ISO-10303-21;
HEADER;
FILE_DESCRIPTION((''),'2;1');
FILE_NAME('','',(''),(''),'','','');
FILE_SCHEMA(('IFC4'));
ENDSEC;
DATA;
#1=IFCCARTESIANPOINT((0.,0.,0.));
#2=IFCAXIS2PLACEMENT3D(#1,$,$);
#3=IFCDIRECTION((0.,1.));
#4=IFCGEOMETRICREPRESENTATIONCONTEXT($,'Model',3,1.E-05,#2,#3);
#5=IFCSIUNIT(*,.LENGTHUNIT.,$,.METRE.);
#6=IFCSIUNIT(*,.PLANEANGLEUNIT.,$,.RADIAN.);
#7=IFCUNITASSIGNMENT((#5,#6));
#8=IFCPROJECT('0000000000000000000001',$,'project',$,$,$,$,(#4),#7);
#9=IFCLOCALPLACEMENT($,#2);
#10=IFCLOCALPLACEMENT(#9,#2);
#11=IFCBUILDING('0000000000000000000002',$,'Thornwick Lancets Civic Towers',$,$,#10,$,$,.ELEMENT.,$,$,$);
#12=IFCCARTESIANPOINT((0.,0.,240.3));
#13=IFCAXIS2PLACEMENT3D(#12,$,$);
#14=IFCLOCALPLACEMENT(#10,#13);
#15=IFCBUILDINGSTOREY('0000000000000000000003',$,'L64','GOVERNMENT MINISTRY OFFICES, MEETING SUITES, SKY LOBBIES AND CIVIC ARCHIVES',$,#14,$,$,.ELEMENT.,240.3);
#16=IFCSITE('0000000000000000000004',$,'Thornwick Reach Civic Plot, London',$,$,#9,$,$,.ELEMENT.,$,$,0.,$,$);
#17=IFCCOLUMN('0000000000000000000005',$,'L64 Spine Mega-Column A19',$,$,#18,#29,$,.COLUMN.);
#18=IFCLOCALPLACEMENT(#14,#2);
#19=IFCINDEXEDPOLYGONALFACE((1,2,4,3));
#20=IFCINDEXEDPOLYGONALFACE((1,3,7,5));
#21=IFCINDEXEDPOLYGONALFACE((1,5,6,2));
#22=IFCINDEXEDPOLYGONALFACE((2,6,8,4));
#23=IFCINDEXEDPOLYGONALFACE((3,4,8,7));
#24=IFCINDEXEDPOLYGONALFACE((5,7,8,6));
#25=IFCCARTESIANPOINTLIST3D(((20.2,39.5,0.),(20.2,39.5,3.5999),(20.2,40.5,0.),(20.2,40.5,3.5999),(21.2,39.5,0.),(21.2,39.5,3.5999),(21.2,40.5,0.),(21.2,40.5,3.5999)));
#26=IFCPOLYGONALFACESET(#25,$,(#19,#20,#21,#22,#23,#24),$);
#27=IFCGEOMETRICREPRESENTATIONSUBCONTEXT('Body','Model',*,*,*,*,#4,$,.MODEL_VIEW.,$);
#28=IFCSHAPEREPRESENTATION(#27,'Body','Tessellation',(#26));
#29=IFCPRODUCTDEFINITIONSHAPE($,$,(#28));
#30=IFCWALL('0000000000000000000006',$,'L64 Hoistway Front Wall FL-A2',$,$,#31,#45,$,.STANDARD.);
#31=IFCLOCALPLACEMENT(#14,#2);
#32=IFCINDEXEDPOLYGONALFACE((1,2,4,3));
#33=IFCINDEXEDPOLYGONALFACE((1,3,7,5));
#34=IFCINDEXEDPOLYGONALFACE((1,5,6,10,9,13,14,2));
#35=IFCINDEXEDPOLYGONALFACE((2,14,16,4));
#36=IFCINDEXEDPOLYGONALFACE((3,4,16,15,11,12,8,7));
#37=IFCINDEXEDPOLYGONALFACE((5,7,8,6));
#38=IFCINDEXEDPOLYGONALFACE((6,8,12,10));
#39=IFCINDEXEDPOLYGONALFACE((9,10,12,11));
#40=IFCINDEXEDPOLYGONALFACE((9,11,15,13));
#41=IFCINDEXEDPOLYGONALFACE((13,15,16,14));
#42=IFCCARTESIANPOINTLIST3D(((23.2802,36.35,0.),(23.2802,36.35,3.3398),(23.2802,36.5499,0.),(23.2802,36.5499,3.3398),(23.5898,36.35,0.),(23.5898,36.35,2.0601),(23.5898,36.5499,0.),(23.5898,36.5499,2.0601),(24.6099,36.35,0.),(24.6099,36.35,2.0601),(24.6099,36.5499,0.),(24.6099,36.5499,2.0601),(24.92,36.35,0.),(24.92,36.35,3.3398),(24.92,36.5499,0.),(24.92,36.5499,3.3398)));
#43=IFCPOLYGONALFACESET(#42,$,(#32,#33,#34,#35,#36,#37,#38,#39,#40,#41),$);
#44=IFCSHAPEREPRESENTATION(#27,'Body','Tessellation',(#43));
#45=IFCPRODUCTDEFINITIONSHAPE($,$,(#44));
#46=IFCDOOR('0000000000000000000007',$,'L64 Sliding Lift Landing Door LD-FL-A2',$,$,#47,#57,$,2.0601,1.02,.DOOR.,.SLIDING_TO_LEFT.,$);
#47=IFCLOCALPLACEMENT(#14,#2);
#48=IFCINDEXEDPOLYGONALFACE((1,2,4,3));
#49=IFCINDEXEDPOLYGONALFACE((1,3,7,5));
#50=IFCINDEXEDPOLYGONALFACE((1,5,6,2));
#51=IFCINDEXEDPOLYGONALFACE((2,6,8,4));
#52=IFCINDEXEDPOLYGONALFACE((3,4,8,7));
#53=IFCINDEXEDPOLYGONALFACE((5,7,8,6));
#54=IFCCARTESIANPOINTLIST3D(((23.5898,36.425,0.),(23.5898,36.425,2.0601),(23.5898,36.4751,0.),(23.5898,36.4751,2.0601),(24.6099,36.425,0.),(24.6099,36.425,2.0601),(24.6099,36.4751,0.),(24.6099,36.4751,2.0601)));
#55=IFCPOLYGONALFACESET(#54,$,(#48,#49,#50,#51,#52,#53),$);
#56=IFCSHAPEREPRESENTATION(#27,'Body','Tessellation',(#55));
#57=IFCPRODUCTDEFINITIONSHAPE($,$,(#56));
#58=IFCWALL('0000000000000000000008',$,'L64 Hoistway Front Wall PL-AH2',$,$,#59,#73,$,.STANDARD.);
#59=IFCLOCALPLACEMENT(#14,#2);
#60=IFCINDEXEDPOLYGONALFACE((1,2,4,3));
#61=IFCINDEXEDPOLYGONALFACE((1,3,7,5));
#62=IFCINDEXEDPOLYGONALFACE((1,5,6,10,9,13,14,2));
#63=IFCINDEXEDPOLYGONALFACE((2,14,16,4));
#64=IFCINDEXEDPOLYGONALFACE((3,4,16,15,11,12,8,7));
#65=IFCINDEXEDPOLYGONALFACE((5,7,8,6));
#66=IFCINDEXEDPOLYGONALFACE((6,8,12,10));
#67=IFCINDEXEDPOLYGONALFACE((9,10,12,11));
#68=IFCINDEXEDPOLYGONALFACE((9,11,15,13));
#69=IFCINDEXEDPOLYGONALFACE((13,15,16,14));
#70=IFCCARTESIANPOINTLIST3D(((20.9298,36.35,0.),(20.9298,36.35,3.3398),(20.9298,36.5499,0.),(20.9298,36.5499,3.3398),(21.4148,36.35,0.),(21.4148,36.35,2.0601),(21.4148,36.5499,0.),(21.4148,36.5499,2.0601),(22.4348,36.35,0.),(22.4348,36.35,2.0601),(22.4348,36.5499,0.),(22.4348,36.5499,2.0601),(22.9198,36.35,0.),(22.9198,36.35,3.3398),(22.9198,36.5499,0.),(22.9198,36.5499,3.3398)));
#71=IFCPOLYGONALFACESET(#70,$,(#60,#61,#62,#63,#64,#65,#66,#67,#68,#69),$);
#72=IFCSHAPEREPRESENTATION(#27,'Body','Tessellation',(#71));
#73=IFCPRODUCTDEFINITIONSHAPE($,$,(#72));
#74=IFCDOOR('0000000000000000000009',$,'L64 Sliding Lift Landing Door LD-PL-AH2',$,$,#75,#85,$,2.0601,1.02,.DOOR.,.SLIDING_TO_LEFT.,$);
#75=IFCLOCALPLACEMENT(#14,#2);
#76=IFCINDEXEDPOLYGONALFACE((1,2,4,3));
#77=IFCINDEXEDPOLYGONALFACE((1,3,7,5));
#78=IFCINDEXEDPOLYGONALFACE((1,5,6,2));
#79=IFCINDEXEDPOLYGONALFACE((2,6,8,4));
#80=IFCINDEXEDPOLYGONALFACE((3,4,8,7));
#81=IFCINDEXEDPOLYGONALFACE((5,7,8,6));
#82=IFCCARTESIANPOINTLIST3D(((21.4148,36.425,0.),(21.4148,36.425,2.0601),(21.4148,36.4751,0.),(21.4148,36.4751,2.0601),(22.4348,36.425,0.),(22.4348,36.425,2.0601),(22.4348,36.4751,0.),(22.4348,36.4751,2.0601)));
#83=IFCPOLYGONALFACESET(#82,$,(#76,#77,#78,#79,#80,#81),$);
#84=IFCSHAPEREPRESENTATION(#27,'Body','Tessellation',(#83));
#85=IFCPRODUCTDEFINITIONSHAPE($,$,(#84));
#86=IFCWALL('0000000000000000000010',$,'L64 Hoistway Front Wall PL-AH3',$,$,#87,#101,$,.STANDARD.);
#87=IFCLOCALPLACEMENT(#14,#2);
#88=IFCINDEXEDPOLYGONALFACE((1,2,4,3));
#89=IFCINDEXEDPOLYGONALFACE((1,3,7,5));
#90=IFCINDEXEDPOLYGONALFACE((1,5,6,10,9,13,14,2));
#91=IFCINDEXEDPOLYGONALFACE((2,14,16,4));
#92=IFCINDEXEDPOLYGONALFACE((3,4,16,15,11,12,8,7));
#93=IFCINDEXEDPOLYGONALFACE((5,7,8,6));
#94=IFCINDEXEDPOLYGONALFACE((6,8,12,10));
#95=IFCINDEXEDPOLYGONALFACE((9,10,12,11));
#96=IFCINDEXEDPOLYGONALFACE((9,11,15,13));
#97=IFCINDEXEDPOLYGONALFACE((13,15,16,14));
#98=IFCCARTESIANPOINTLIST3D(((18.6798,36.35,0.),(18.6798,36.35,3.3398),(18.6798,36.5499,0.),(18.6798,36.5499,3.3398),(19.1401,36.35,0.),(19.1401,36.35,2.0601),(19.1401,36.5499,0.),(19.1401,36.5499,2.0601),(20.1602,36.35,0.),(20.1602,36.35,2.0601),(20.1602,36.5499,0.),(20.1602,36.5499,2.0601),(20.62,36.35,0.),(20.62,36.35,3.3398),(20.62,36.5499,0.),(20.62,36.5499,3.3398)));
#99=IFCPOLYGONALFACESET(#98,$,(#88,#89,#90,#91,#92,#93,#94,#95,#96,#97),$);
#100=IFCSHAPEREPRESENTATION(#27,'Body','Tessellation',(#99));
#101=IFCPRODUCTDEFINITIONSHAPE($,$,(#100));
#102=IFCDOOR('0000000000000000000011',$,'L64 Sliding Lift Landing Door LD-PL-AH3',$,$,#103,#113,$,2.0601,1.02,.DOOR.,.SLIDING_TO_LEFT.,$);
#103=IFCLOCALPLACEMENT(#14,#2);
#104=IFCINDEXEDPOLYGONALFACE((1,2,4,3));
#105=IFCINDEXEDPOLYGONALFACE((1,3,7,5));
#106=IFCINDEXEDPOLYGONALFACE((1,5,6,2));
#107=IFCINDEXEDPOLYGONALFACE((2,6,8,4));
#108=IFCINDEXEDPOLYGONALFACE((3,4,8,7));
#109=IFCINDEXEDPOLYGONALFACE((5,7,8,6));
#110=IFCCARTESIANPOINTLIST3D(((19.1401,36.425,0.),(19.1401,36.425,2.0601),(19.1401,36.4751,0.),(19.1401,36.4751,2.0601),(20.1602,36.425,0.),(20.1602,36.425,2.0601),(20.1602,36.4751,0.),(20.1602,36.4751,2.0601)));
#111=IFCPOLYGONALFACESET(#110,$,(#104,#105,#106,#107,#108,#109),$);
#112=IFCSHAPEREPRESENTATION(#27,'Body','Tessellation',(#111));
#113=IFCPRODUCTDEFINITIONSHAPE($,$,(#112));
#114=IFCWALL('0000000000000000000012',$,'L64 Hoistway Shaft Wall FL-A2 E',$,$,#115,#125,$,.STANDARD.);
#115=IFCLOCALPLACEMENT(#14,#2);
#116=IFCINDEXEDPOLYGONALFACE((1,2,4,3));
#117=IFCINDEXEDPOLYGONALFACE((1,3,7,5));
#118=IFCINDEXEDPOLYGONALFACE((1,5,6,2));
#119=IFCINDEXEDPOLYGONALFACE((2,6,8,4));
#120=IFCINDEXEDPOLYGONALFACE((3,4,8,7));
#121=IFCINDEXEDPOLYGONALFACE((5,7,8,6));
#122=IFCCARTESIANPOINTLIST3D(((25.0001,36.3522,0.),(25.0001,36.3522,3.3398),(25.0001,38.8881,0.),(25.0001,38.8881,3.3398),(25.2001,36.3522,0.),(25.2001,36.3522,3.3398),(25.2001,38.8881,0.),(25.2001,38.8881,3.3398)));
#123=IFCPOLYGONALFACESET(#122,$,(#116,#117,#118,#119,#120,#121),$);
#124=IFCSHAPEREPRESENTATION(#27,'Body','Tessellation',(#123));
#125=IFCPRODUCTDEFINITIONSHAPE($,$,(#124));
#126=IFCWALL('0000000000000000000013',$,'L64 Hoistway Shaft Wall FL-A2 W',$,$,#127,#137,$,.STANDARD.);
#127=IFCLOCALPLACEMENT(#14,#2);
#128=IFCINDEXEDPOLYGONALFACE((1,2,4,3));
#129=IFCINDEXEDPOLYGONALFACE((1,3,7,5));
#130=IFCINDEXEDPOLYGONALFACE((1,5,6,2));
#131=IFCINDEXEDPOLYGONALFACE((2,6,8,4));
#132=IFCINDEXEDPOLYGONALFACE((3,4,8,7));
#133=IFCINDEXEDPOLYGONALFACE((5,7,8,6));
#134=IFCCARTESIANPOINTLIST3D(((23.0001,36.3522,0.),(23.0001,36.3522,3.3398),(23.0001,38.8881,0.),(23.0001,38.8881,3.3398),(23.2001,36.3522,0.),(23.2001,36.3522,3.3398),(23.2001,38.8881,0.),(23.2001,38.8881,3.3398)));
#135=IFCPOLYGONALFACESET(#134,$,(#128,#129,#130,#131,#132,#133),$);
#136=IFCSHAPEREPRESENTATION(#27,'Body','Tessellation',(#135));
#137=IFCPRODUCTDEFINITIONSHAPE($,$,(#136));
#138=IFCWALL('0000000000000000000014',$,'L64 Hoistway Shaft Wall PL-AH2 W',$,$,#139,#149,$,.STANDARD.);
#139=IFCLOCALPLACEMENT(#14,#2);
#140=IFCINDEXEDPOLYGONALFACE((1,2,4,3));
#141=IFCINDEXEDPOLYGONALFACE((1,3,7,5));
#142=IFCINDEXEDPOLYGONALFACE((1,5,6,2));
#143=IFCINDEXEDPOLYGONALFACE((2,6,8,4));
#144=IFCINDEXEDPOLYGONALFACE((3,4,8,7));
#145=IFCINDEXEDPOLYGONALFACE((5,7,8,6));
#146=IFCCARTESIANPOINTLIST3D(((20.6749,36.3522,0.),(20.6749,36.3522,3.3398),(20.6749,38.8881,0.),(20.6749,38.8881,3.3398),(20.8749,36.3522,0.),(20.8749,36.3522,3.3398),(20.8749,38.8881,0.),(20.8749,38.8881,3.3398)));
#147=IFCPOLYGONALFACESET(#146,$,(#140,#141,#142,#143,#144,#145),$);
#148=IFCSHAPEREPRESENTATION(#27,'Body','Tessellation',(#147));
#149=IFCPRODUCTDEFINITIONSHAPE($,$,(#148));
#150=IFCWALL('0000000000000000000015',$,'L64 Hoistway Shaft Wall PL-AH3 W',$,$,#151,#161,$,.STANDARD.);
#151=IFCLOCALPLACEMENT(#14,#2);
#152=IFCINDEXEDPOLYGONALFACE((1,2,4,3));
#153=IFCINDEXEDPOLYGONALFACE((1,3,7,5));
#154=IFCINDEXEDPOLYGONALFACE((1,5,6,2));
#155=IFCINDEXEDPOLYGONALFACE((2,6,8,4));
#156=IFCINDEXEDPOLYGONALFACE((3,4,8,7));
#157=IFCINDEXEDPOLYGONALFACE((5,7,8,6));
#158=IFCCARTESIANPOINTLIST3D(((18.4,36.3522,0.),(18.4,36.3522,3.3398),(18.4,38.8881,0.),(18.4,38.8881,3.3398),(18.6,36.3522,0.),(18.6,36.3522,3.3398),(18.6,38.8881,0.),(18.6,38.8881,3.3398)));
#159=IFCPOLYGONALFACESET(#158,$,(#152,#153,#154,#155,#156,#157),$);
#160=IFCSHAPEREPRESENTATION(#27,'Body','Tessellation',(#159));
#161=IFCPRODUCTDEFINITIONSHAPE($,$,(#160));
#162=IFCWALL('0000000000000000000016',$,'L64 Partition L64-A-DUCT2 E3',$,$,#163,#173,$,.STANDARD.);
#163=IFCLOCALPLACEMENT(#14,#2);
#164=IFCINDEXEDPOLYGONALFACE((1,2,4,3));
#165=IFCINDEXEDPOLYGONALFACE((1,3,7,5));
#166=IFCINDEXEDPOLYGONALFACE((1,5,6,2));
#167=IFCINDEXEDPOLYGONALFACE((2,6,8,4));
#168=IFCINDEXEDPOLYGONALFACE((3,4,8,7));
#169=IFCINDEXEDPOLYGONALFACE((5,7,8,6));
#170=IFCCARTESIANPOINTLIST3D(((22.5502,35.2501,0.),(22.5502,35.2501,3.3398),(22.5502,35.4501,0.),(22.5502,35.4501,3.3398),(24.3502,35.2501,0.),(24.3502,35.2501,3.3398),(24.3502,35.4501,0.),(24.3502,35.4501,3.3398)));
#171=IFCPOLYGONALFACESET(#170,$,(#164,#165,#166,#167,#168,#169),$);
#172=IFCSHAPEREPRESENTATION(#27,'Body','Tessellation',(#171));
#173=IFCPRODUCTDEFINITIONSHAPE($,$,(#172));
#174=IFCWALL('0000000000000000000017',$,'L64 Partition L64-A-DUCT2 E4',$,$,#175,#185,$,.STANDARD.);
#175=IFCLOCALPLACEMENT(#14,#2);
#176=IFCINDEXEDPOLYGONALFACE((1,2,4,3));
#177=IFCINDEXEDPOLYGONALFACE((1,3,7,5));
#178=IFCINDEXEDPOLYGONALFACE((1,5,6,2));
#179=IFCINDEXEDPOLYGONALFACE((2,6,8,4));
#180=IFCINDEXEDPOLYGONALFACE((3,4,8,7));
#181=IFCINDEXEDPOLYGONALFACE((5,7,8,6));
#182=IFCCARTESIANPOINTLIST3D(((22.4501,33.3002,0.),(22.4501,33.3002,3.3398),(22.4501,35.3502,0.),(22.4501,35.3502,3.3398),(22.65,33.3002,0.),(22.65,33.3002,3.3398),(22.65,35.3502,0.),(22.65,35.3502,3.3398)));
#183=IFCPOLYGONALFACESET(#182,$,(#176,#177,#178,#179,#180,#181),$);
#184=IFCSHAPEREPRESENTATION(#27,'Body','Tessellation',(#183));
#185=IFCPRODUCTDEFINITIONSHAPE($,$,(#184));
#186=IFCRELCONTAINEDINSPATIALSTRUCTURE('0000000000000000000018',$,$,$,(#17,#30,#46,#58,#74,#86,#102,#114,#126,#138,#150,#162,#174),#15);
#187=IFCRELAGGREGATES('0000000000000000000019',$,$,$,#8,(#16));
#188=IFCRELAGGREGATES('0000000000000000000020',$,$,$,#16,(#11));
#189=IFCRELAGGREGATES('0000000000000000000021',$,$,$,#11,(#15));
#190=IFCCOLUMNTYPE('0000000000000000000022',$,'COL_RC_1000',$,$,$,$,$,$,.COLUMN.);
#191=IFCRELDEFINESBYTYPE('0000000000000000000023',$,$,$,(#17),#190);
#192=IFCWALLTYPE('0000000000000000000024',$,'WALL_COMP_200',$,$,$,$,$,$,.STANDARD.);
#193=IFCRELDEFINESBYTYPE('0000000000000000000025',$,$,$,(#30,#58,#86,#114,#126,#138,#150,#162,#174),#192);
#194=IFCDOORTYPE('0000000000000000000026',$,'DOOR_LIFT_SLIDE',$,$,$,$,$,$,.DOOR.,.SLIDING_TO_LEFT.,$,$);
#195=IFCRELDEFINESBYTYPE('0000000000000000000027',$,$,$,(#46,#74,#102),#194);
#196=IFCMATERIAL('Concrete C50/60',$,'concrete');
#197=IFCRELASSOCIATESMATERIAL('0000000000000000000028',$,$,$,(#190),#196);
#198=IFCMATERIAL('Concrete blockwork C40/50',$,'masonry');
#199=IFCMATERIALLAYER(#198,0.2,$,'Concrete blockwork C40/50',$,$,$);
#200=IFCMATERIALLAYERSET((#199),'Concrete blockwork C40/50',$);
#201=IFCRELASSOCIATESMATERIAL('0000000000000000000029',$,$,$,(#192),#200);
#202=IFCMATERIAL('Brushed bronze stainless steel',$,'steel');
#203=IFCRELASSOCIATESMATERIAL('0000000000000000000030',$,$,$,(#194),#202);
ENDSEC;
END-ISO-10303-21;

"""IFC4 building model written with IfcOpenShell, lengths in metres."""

from ifc_helpers import new_model, si_unit, direction, frame, frame_2d, origin, origin_2d, place, context, subcontext, project, spatial, rectangle, extrude, material, layer, layer_set, material_profile, profile_set, type_object, element, fill, save


model = new_model("IFC4")

# Units and contexts
model_context = context("Model", 3, precision=1e-05, world=origin(), true_north=direction((0.0, 1.0)))
body_context = subcontext(model_context, "Body", "Model", "MODEL_VIEW")
ifc_project = project(units=[si_unit("LENGTHUNIT", "METRE"), si_unit("PLANEANGLEUNIT", "RADIAN")], contexts=[model_context])

# Site, building, storey
site_placement = place(None, origin())
site = spatial("IfcSite", under=ifc_project, at=site_placement, Name="Thornwick Reach Civic Plot, London", CompositionType="ELEMENT", RefElevation=0.0)
building_placement = place(site_placement, origin())
building = spatial("IfcBuilding", under=site, at=building_placement, Name="Thornwick Lancets Civic Towers", CompositionType="ELEMENT")
storey_placement = place(building_placement, frame((0.0, 0.0, 240.3)))
storey = spatial("IfcBuildingStorey", under=building, at=storey_placement, Name="L64", Description="GOVERNMENT MINISTRY OFFICES, MEETING SUITES, SKY LOBBIES AND CIVIC ARCHIVES", CompositionType="ELEMENT", Elevation=240.3)

# Column
ifc_material_1 = material(Name="Concrete C50/60", Category="concrete")
ifc_material_profile = material_profile(ifc_material_1, rectangle(XDim=1.0, YDim=1.0, at=origin_2d()), Name="RC 1000x1000")
ifc_profile_set = profile_set([ifc_material_profile], Name="Concrete C50/60")
column_type = type_object("IfcColumnType", Name="COL_RC_1000", PredefinedType="COLUMN", material=ifc_profile_set)
column_placement = place(storey_placement, frame((20.7, 40.0, 0.0), z_axis=(0.0, 0.0, 1.0), x_axis=(1.0, 0.0, 0.0)))
element("IfcColumn", 1, at=column_placement, inside=storey, type_object=column_type, Name="L64 Spine Mega-Column A19", PredefinedType="COLUMN", context=body_context, shape_type="SweptSolid", body=[
    extrude(rectangle(XDim=1.0, YDim=1.0, at=origin_2d()), origin(), (0.0, 0.0, 1.0), 3.5999),
])

# Walls, openings, doors
ifc_material_2 = material(Name="Concrete blockwork C40/50", Category="masonry")
ifc_layer_1 = layer(ifc_material_2, 0.2, Name="Concrete blockwork C40/50")
ifc_layer_set_1 = layer_set([ifc_layer_1], Name="Concrete blockwork C40/50")
wall_type_1 = type_object("IfcWallType", Name="WALL_COMP_200", PredefinedType="STANDARD", material=ifc_layer_set_1)
wall_1_placement = place(storey_placement, frame((24.9199, 36.45, 0.0), z_axis=(0.0, 0.0, 1.0), x_axis=(-1.0, 0.0, 0.0)))
wall_1 = element("IfcWall", 2, at=wall_1_placement, inside=storey, type_object=wall_type_1, Name="L64 Hoistway Front Wall FL-A2", PredefinedType="STANDARD", context=body_context, shape_type="SweptSolid", body=[
    extrude(rectangle(XDim=1.6399, YDim=0.2, at=frame_2d((0.8198, 0.0))), origin(), (0.0, 0.0, 1.0), 3.3398),
])
opening_1_placement = place(wall_1_placement, frame((0.3101, 0.0, 0.0)))
opening_1 = element("IfcOpeningElement", 3, at=opening_1_placement, cuts=wall_1, PredefinedType="OPENING", context=body_context, shape_type="SweptSolid", body=[
    extrude(rectangle(XDim=1.02, YDim=2.0601, at=frame_2d((0.51, 1.03))), frame((0.0, 0.1099, 0.0), z_axis=(0.0, -1.0, 0.0), x_axis=(1.0, 0.0, 0.0)), (0.0, 0.0, 1.0), 0.22),
])
ifc_material_3 = material(Name="Brushed bronze stainless steel", Category="steel")
door_type = type_object("IfcDoorType", Name="DOOR_LIFT_SLIDE", OperationType="SLIDING_TO_LEFT", PredefinedType="DOOR", material=ifc_material_3)
door_1_placement = place(opening_1_placement, origin())
door_1 = element("IfcDoor", 4, at=door_1_placement, inside=storey, type_object=door_type, Name="L64 Sliding Lift Landing Door LD-FL-A2", OperationType="SLIDING_TO_LEFT", OverallHeight=2.0601, OverallWidth=1.02, PredefinedType="DOOR", context=body_context, shape_type="SweptSolid", body=[
    extrude(rectangle(XDim=1.02, YDim=2.0601, at=frame_2d((0.51, 1.03))), frame((0.0, 0.0249, 0.0), z_axis=(0.0, -1.0, 0.0), x_axis=(1.0, 0.0, 0.0)), (0.0, 0.0, 1.0), 0.05),
])
fill(opening_1, door_1)
wall_2_placement = place(storey_placement, frame((22.9199, 36.45, 0.0), z_axis=(0.0, 0.0, 1.0), x_axis=(-1.0, 0.0, 0.0)))
wall_2 = element("IfcWall", 5, at=wall_2_placement, inside=storey, type_object=wall_type_1, Name="L64 Hoistway Front Wall PL-AH2", PredefinedType="STANDARD", context=body_context, shape_type="SweptSolid", body=[
    extrude(rectangle(XDim=1.99, YDim=0.2, at=frame_2d((0.9951, 0.0))), origin(), (0.0, 0.0, 1.0), 3.3398),
])
opening_2_placement = place(wall_2_placement, frame((0.4851, 0.0, 0.0)))
opening_2 = element("IfcOpeningElement", 6, at=opening_2_placement, cuts=wall_2, PredefinedType="OPENING", context=body_context, shape_type="SweptSolid", body=[
    extrude(rectangle(XDim=1.02, YDim=2.0601, at=frame_2d((0.51, 1.03))), frame((0.0, 0.1099, 0.0), z_axis=(0.0, -1.0, 0.0), x_axis=(1.0, 0.0, 0.0)), (0.0, 0.0, 1.0), 0.22),
])
door_2_placement = place(opening_2_placement, origin())
door_2 = element("IfcDoor", 7, at=door_2_placement, inside=storey, type_object=door_type, Name="L64 Sliding Lift Landing Door LD-PL-AH2", OperationType="SLIDING_TO_LEFT", OverallHeight=2.0601, OverallWidth=1.02, PredefinedType="DOOR", context=body_context, shape_type="SweptSolid", body=[
    extrude(rectangle(XDim=1.02, YDim=2.0601, at=frame_2d((0.51, 1.03))), frame((0.0, 0.0249, 0.0), z_axis=(0.0, -1.0, 0.0), x_axis=(1.0, 0.0, 0.0)), (0.0, 0.0, 1.0), 0.05),
])
fill(opening_2, door_2)
wall_3_placement = place(storey_placement, frame((20.6201, 36.45, 0.0), z_axis=(0.0, 0.0, 1.0), x_axis=(-1.0, 0.0, 0.0)))
wall_3 = element("IfcWall", 8, at=wall_3_placement, inside=storey, type_object=wall_type_1, Name="L64 Hoistway Front Wall PL-AH3", PredefinedType="STANDARD", context=body_context, shape_type="SweptSolid", body=[
    extrude(rectangle(XDim=1.9402, YDim=0.2, at=frame_2d((0.9702, 0.0))), origin(), (0.0, 0.0, 1.0), 3.3398),
])
opening_3_placement = place(wall_3_placement, frame((0.46, 0.0, 0.0)))
opening_3 = element("IfcOpeningElement", 9, at=opening_3_placement, cuts=wall_3, PredefinedType="OPENING", context=body_context, shape_type="SweptSolid", body=[
    extrude(rectangle(XDim=1.02, YDim=2.0601, at=frame_2d((0.51, 1.03))), frame((0.0, 0.1099, 0.0), z_axis=(0.0, -1.0, 0.0), x_axis=(1.0, 0.0, 0.0)), (0.0, 0.0, 1.0), 0.22),
])
door_3_placement = place(opening_3_placement, origin())
door_3 = element("IfcDoor", 10, at=door_3_placement, inside=storey, type_object=door_type, Name="L64 Sliding Lift Landing Door LD-PL-AH3", OperationType="SLIDING_TO_LEFT", OverallHeight=2.0601, OverallWidth=1.02, PredefinedType="DOOR", context=body_context, shape_type="SweptSolid", body=[
    extrude(rectangle(XDim=1.02, YDim=2.0601, at=frame_2d((0.51, 1.03))), frame((0.0, 0.0249, 0.0), z_axis=(0.0, -1.0, 0.0), x_axis=(1.0, 0.0, 0.0)), (0.0, 0.0, 1.0), 0.05),
])
fill(opening_3, door_3)

# Walls
for number, where, z_axis, x_axis, name in (
    (11, (25.1001, 36.3521, 0.0), (0.0, 0.0, 1.0), (0.0, 1.0, 0.0), "L64 Hoistway Shaft Wall FL-A2 E"),
    (12, (23.1001, 36.3521, 0.0), (0.0, 0.0, 1.0), (0.0, 1.0, 0.0), "L64 Hoistway Shaft Wall FL-A2 W"),
    (13, (20.7749, 36.3521, 0.0), (0.0, 0.0, 1.0), (0.0, 1.0, 0.0), "L64 Hoistway Shaft Wall PL-AH2 W"),
    (14, (18.5, 36.3521, 0.0), (0.0, 0.0, 1.0), (0.0, 1.0, 0.0), "L64 Hoistway Shaft Wall PL-AH3 W"),
):
    element("IfcWall", number, at=place(storey_placement, frame(where, z_axis=z_axis, x_axis=x_axis)), inside=storey, type_object=wall_type_1, Name=name, PredefinedType="STANDARD", context=body_context, shape_type="SweptSolid", body=[
        extrude(rectangle(XDim=2.5359, YDim=0.2, at=frame_2d((1.2681, 0.0))), origin(), (0.0, 0.0, 1.0), 3.3398),
    ])
wall_4_placement = place(storey_placement, frame((24.3501, 35.3501, 0.0), z_axis=(0.0, 0.0, 1.0), x_axis=(-1.0, 0.0, 0.0)))
element("IfcWall", 15, at=wall_4_placement, inside=storey, type_object=wall_type_1, Name="L64 Partition L64-A-DUCT2 E3", PredefinedType="STANDARD", context=body_context, shape_type="SweptSolid", body=[
    extrude(rectangle(XDim=1.8, YDim=0.2, at=frame_2d((0.8999, 0.0))), origin(), (0.0, 0.0, 1.0), 3.3398),
])
wall_5_placement = place(storey_placement, frame((22.55, 35.3501, 0.0), z_axis=(0.0, 0.0, 1.0), x_axis=(0.0, -1.0, 0.0)))
element("IfcWall", 16, at=wall_5_placement, inside=storey, type_object=wall_type_1, Name="L64 Partition L64-A-DUCT2 E4", PredefinedType="STANDARD", context=body_context, shape_type="SweptSolid", body=[
    extrude(rectangle(XDim=2.05, YDim=0.2, at=frame_2d((1.0249, 0.0))), origin(), (0.0, 0.0, 1.0), 3.3398),
])

save(model, "model.ifc")
